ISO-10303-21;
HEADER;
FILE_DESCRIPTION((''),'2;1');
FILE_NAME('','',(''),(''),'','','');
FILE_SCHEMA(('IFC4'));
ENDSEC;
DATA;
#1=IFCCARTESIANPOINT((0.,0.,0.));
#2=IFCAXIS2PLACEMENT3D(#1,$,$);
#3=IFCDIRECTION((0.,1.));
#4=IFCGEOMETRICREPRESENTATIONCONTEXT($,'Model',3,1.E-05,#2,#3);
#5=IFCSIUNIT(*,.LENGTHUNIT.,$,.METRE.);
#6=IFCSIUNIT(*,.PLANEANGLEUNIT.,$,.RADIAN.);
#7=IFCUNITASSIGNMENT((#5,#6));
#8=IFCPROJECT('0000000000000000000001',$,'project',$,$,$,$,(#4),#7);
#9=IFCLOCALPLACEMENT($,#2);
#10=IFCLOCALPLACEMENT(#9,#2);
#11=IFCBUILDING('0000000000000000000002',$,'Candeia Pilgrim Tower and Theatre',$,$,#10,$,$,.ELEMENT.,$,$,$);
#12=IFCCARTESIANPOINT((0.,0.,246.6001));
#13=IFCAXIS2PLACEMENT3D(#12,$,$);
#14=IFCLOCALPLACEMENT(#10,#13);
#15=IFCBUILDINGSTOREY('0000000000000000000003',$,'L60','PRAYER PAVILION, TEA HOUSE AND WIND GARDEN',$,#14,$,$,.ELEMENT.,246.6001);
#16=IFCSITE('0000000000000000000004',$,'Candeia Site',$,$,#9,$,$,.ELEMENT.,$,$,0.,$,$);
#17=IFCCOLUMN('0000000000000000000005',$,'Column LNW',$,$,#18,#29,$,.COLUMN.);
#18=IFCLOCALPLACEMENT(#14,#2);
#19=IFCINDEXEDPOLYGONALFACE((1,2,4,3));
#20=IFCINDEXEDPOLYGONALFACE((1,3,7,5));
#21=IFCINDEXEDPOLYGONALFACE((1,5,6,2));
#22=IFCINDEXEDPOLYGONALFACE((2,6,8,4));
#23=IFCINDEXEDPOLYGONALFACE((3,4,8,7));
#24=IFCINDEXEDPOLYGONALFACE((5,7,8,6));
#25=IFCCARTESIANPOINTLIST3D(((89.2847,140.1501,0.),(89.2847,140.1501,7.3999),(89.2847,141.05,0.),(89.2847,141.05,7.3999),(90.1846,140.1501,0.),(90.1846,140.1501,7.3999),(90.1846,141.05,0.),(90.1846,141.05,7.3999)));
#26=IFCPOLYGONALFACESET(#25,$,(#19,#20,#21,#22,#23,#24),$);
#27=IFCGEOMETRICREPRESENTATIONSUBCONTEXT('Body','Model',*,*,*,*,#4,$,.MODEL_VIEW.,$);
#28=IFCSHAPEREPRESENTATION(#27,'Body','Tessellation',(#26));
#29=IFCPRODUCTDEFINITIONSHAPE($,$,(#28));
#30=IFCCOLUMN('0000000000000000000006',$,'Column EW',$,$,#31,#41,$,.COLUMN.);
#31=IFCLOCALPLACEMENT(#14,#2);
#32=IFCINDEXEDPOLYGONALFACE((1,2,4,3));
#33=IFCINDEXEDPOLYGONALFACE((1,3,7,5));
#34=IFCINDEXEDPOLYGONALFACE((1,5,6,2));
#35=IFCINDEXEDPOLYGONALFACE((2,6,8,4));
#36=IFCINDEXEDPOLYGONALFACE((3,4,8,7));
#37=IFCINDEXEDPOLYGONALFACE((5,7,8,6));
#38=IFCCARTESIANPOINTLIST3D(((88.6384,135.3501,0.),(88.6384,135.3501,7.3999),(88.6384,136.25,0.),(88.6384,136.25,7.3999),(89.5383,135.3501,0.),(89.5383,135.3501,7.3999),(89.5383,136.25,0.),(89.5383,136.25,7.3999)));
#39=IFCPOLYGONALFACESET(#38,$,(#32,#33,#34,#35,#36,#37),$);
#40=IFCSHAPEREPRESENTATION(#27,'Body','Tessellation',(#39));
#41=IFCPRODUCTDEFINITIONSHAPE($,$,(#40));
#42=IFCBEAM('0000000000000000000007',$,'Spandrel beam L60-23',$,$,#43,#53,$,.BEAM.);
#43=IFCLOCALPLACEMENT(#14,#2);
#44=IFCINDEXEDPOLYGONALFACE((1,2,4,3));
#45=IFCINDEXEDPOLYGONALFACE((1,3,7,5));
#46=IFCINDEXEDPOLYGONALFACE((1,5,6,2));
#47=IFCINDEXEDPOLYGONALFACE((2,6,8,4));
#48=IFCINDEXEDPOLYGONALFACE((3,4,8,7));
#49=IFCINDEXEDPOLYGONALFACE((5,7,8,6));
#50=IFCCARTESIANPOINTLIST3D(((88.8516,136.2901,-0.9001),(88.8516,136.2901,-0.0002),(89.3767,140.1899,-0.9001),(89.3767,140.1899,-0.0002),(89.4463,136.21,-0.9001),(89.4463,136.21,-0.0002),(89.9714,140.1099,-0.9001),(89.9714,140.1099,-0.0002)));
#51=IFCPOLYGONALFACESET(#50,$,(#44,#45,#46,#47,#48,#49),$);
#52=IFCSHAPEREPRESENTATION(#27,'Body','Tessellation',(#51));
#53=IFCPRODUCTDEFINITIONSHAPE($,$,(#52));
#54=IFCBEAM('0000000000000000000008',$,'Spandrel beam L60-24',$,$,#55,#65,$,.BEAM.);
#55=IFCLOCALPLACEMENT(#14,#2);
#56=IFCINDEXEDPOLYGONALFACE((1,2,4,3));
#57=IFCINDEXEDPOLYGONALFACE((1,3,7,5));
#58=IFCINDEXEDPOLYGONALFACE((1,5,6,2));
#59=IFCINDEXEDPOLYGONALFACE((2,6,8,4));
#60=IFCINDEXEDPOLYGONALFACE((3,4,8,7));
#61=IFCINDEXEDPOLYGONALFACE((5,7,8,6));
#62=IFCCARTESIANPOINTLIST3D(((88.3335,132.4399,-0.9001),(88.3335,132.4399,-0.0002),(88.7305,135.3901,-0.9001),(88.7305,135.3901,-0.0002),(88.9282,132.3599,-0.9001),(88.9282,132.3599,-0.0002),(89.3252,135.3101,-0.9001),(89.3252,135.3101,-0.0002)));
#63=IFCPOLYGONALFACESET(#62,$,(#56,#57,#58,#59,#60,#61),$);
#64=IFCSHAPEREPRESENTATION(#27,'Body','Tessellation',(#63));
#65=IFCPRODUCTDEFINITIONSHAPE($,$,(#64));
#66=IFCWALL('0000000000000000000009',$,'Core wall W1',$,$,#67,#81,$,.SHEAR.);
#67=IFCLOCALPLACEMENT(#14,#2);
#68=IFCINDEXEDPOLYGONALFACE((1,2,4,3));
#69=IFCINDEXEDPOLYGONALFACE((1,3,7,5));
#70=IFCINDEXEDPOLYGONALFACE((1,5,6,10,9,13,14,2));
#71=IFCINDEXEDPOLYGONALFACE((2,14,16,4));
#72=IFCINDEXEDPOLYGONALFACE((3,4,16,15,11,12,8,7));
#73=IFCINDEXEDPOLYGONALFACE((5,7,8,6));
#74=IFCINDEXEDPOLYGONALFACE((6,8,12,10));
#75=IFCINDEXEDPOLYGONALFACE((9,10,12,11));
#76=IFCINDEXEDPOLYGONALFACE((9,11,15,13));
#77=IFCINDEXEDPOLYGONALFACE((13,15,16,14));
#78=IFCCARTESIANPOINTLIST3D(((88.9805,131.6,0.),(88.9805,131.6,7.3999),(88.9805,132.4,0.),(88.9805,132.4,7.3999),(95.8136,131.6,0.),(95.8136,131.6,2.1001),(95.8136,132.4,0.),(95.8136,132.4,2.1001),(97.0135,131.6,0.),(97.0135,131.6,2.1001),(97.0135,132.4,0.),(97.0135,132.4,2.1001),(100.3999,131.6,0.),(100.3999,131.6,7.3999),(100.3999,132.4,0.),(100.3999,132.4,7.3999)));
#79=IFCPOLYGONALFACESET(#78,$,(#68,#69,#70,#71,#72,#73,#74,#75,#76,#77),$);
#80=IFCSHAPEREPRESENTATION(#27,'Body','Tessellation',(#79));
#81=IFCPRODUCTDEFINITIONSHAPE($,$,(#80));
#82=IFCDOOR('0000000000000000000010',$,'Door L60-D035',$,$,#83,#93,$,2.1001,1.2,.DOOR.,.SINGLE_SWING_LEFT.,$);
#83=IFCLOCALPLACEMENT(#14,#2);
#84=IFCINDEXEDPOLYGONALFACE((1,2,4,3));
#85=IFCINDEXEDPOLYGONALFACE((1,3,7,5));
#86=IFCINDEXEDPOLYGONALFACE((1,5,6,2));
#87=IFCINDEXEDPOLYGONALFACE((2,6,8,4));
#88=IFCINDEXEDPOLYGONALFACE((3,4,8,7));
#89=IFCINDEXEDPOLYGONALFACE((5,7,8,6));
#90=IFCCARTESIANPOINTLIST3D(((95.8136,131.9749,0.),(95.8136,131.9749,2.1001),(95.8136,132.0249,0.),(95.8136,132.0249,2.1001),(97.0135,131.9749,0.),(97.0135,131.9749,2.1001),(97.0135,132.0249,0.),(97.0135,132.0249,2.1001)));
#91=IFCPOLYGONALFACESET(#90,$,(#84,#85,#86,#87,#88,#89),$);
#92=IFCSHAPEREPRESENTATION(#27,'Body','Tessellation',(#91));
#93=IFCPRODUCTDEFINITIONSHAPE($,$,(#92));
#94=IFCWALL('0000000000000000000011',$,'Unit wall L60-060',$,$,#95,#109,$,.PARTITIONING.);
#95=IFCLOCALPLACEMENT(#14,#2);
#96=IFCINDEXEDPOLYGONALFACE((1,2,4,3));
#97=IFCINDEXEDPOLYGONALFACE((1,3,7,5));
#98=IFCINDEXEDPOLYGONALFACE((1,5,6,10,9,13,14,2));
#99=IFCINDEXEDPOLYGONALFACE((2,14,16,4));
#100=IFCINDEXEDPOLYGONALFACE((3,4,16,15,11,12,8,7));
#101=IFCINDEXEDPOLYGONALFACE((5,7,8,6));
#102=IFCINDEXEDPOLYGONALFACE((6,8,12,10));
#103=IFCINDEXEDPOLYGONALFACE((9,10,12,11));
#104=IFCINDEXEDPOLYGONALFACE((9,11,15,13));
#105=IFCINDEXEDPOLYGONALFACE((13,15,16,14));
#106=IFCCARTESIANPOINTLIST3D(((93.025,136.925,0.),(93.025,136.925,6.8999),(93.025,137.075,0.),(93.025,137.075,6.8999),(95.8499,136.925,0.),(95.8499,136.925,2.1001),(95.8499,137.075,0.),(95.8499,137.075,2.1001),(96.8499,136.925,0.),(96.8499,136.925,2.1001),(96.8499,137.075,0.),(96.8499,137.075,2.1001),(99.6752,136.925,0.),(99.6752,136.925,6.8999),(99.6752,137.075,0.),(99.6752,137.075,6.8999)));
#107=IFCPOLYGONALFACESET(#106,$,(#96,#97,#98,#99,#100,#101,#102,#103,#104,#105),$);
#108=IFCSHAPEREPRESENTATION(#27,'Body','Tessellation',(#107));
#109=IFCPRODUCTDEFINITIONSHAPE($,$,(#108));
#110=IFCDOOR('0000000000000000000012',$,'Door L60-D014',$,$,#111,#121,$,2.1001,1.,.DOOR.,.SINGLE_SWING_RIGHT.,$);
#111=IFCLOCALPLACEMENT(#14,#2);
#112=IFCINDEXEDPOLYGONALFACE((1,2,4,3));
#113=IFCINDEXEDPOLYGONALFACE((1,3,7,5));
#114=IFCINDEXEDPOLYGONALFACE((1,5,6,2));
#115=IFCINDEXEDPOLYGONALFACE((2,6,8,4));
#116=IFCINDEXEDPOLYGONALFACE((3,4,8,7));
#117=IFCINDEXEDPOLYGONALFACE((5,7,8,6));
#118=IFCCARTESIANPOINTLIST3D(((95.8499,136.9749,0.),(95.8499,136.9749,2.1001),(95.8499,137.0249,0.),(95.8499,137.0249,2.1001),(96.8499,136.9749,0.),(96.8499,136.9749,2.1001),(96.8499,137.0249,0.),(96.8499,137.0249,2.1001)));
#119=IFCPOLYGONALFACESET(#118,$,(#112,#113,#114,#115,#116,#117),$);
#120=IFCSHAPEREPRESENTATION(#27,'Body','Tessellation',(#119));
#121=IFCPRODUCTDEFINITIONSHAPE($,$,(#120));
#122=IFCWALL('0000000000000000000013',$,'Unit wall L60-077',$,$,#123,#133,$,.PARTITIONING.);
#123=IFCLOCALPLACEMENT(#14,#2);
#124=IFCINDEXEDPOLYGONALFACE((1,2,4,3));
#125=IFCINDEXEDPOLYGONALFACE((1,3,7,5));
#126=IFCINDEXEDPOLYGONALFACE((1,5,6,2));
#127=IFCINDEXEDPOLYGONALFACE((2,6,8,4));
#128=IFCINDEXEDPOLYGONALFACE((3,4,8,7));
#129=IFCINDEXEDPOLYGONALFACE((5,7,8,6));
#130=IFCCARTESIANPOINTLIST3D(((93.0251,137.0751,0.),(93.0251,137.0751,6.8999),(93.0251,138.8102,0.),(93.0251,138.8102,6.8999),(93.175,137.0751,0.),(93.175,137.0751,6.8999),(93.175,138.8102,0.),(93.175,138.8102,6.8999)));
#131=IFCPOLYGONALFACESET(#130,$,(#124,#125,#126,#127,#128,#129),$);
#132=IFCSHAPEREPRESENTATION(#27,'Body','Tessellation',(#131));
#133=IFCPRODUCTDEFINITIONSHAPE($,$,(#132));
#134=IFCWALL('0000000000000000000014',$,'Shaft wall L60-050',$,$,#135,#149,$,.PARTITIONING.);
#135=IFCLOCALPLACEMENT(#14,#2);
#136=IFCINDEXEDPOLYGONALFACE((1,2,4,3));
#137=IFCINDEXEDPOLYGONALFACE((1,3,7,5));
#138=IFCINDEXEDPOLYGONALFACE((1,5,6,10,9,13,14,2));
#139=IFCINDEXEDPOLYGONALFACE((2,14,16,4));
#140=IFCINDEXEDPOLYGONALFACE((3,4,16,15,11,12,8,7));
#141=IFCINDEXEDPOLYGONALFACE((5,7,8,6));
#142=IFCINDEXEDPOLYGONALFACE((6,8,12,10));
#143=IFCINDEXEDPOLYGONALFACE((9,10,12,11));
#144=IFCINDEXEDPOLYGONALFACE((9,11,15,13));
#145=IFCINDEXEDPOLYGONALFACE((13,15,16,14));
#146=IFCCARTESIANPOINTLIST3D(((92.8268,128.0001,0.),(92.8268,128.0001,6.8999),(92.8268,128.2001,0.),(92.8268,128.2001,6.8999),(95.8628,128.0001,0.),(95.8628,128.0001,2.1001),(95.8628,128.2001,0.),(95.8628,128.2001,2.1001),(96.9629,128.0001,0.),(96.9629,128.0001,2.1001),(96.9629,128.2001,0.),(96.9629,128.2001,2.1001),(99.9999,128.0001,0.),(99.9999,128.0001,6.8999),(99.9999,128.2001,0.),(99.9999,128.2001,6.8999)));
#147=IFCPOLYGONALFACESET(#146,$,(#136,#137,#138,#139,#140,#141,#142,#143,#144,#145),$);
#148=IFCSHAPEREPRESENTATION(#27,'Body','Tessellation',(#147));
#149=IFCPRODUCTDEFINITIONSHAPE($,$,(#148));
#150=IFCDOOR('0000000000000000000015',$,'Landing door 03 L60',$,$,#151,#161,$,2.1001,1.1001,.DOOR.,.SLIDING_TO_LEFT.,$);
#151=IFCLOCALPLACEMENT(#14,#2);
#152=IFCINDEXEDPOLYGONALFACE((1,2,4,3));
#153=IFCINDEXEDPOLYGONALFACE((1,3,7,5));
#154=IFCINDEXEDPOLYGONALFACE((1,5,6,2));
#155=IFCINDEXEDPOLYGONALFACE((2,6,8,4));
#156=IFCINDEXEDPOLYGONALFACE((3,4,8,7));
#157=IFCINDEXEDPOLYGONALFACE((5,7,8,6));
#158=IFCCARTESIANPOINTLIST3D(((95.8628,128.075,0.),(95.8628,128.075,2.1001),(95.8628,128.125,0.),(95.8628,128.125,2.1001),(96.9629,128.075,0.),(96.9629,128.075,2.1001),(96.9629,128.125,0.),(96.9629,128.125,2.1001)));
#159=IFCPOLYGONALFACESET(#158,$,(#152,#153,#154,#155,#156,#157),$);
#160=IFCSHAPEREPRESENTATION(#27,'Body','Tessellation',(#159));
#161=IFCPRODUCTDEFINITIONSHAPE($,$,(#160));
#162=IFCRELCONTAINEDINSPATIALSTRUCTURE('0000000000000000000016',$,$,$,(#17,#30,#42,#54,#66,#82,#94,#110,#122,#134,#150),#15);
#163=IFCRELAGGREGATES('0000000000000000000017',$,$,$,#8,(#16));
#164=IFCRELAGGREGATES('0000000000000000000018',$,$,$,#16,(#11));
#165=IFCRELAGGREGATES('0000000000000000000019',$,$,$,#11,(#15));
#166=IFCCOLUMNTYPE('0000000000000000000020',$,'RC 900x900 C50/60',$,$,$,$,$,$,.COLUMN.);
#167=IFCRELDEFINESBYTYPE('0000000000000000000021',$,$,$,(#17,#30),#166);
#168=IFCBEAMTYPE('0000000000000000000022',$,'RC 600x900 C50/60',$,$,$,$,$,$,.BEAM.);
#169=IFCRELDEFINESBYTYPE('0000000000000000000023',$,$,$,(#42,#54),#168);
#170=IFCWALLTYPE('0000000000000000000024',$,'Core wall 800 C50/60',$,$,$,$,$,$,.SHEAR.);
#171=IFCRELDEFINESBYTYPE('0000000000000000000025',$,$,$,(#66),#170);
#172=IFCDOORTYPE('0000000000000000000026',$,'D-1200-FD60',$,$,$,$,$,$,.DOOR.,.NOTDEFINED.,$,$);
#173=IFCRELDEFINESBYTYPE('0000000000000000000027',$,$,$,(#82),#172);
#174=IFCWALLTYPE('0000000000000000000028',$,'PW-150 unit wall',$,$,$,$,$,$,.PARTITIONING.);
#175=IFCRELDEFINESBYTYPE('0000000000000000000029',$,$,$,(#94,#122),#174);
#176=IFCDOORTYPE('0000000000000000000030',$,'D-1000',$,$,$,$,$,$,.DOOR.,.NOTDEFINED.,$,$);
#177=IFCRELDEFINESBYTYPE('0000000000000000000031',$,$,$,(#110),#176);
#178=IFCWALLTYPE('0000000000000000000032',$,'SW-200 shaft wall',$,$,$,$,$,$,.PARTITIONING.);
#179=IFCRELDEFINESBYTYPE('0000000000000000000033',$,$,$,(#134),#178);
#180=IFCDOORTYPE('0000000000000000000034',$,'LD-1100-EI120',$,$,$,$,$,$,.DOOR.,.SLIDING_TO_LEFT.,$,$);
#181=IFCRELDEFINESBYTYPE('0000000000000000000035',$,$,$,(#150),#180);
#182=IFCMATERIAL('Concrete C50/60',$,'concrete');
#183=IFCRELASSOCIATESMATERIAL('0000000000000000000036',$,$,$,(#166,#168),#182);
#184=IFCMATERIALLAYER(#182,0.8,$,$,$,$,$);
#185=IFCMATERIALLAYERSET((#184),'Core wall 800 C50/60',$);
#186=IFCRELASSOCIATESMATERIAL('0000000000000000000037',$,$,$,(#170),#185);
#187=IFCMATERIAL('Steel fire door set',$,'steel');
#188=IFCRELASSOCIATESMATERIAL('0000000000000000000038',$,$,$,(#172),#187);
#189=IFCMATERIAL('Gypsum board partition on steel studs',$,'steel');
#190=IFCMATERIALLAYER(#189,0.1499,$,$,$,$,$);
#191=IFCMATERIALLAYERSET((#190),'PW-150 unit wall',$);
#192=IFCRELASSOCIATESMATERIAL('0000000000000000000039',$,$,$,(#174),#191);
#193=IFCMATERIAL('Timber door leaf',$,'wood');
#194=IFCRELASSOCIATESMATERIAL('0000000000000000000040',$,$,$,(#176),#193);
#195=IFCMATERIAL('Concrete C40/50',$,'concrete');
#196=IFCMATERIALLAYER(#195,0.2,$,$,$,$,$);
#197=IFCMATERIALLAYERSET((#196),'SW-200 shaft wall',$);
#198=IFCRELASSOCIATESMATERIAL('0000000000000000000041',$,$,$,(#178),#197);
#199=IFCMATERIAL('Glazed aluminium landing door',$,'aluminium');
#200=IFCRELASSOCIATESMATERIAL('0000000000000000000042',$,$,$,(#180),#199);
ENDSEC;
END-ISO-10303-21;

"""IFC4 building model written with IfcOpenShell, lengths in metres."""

from ifc_helpers import new_model, si_unit, direction, frame, frame_2d, origin, origin_2d, place, context, subcontext, project, spatial, rectangle, extrude, material, layer, layer_set, material_profile, profile_set, type_object, element, fill, save


model = new_model("IFC4")

# Units and contexts
model_context = context("Model", 3, precision=1e-05, world=origin(), true_north=direction((0.0, 1.0)))
body_context = subcontext(model_context, "Body", "Model", "MODEL_VIEW")
ifc_project = project(units=[si_unit("LENGTHUNIT", "METRE"), si_unit("PLANEANGLEUNIT", "RADIAN")], contexts=[model_context])

# Site, building, storey
site_placement = place(None, origin())
site = spatial("IfcSite", under=ifc_project, at=site_placement, Name="Candeia Site", CompositionType="ELEMENT", RefElevation=0.0)
building_placement = place(site_placement, origin())
building = spatial("IfcBuilding", under=site, at=building_placement, Name="Candeia Pilgrim Tower and Theatre", CompositionType="ELEMENT")
storey_placement = place(building_placement, frame((0.0, 0.0, 246.6001)))
storey = spatial("IfcBuildingStorey", under=building, at=storey_placement, Name="L60", Description="PRAYER PAVILION, TEA HOUSE AND WIND GARDEN", CompositionType="ELEMENT", Elevation=246.6001)

# Columns
ifc_material_1 = material(Name="Concrete C50/60", Category="concrete")
ifc_material_profile_1 = material_profile(ifc_material_1, rectangle(XDim=0.8999, YDim=0.8999, at=origin_2d()))
ifc_profile_set_1 = profile_set([ifc_material_profile_1], Name="Concrete C50/60")
column_type = type_object("IfcColumnType", Name="RC 900x900 C50/60", PredefinedType="COLUMN", material=ifc_profile_set_1)
for number, where, z_axis, x_axis, name in (
    (1, (89.7346, 140.6001, 0.0), (0.0, 0.0, 1.0), (1.0, 0.0, 0.0), "Column LNW"),
    (2, (89.0884, 135.8, 0.0), (0.0, 0.0, 1.0), (1.0, 0.0, 0.0), "Column EW"),
):
    element("IfcColumn", number, at=place(storey_placement, frame(where, z_axis=z_axis, x_axis=x_axis)), inside=storey, type_object=column_type, Name=name, PredefinedType="COLUMN", context=body_context, shape_type="SweptSolid", body=[
        extrude(rectangle(XDim=0.8999, YDim=0.8999, at=origin_2d()), origin(), (0.0, 0.0, 1.0), 7.3999),
    ])

# Beams
ifc_material_profile_2 = material_profile(ifc_material_1, rectangle(XDim=0.6001, YDim=0.8999, at=origin_2d()))
ifc_profile_set_2 = profile_set([ifc_material_profile_2], Name="Concrete C50/60")
beam_type = type_object("IfcBeamType", Name="RC 600x900 C50/60", PredefinedType="BEAM", material=ifc_profile_set_2)
beam_1_placement = place(storey_placement, frame((89.6741, 140.1499, -0.4502), z_axis=(-0.133452, -0.991055, 0.0), x_axis=(0.991055, -0.133452, 0.0)))
element("IfcBeam", 3, at=beam_1_placement, inside=storey, type_object=beam_type, Name="Spandrel beam L60-23", PredefinedType="BEAM", context=body_context, shape_type="SweptSolid", body=[
    extrude(rectangle(XDim=0.6001, YDim=0.8999, at=origin_2d()), origin(), (0.0, 0.0, 1.0), 3.9351),
])
beam_2_placement = place(storey_placement, frame((89.0278, 135.3501, -0.4502), z_axis=(-0.133356, -0.991068, 0.0), x_axis=(0.991068, -0.133356, 0.0)))
element("IfcBeam", 4, at=beam_2_placement, inside=storey, type_object=beam_type, Name="Spandrel beam L60-24", PredefinedType="BEAM", context=body_context, shape_type="SweptSolid", body=[
    extrude(rectangle(XDim=0.6001, YDim=0.8999, at=origin_2d()), origin(), (0.0, 0.0, 1.0), 2.9768),
])

# Walls, openings, doors
ifc_layer_1 = layer(ifc_material_1, 0.8)
ifc_layer_set_1 = layer_set([ifc_layer_1], Name="Core wall 800 C50/60")
wall_type_1 = type_object("IfcWallType", Name="Core wall 800 C50/60", PredefinedType="SHEAR", material=ifc_layer_set_1)
wall_1_placement = place(storey_placement, frame((88.9805, 132.0, 0.0), z_axis=(0.0, 0.0, 1.0), x_axis=(1.0, 0.0, 0.0)))
wall_1 = element("IfcWall", 5, at=wall_1_placement, inside=storey, type_object=wall_type_1, Name="Core wall W1", PredefinedType="SHEAR", context=body_context, shape_type="SweptSolid", body=[
    extrude(rectangle(XDim=11.4194, YDim=0.8, at=frame_2d((5.7097, 0.0))), origin(), (0.0, 0.0, 1.0), 7.3999),
])
opening_1_placement = place(wall_1_placement, frame((6.833, 0.0, 0.0)))
opening_1 = element("IfcOpeningElement", 6, at=opening_1_placement, cuts=wall_1, PredefinedType="OPENING", context=body_context, shape_type="SweptSolid", body=[
    extrude(rectangle(XDim=1.2, YDim=2.1001, at=frame_2d((0.6001, 1.05))), frame((0.0, 0.4102, 0.0), z_axis=(0.0, -1.0, 0.0), x_axis=(1.0, 0.0, 0.0)), (0.0, 0.0, 1.0), 0.8201),
])
ifc_material_2 = material(Name="Steel fire door set", Category="steel")
door_type_1 = type_object("IfcDoorType", Name="D-1200-FD60", OperationType="NOTDEFINED", PredefinedType="DOOR", material=ifc_material_2)
door_1_placement = place(opening_1_placement, origin())
door_1 = element("IfcDoor", 7, at=door_1_placement, inside=storey, type_object=door_type_1, Name="Door L60-D035", OperationType="SINGLE_SWING_LEFT", OverallHeight=2.1001, OverallWidth=1.2, PredefinedType="DOOR", context=body_context, shape_type="SweptSolid", body=[
    extrude(rectangle(XDim=1.2, YDim=2.1001, at=frame_2d((0.6001, 1.05))), frame((0.0, 0.0249, 0.0), z_axis=(0.0, -1.0, 0.0), x_axis=(1.0, 0.0, 0.0)), (0.0, 0.0, 1.0), 0.05),
])
fill(opening_1, door_1)
ifc_material_3 = material(Name="Gypsum board partition on steel studs", Category="steel")
ifc_layer_2 = layer(ifc_material_3, 0.1499)
ifc_layer_set_2 = layer_set([ifc_layer_2], Name="PW-150 unit wall")
wall_type_2 = type_object("IfcWallType", Name="PW-150 unit wall", PredefinedType="PARTITIONING", material=ifc_layer_set_2)
wall_2_placement = place(storey_placement, frame((93.0249, 137.0, 0.0), z_axis=(0.0, 0.0, 1.0), x_axis=(1.0, 0.0, 0.0)))
wall_2 = element("IfcWall", 8, at=wall_2_placement, inside=storey, type_object=wall_type_2, Name="Unit wall L60-060", PredefinedType="PARTITIONING", context=body_context, shape_type="SweptSolid", body=[
    extrude(rectangle(XDim=6.6501, YDim=0.1499, at=frame_2d((3.3252, 0.0))), origin(), (0.0, 0.0, 1.0), 6.8999),
])
opening_2_placement = place(wall_2_placement, frame((2.825, 0.0, 0.0)))
opening_2 = element("IfcOpeningElement", 9, at=opening_2_placement, cuts=wall_2, PredefinedType="OPENING", context=body_context, shape_type="SweptSolid", body=[
    extrude(rectangle(XDim=1.0, YDim=2.1001, at=frame_2d((0.5, 1.05))), frame((0.0, 0.085, 0.0), z_axis=(0.0, -1.0, 0.0), x_axis=(1.0, 0.0, 0.0)), (0.0, 0.0, 1.0), 0.1699),
])
ifc_material_4 = material(Name="Timber door leaf", Category="wood")
door_type_2 = type_object("IfcDoorType", Name="D-1000", OperationType="NOTDEFINED", PredefinedType="DOOR", material=ifc_material_4)
door_2_placement = place(opening_2_placement, origin())
door_2 = element("IfcDoor", 10, at=door_2_placement, inside=storey, type_object=door_type_2, Name="Door L60-D014", OperationType="SINGLE_SWING_RIGHT", OverallHeight=2.1001, OverallWidth=1.0, PredefinedType="DOOR", context=body_context, shape_type="SweptSolid", body=[
    extrude(rectangle(XDim=1.0, YDim=2.1001, at=frame_2d((0.5, 1.05))), frame((0.0, 0.0249, 0.0), z_axis=(0.0, -1.0, 0.0), x_axis=(1.0, 0.0, 0.0)), (0.0, 0.0, 1.0), 0.05),
])
fill(opening_2, door_2)

# Wall
wall_3_placement = place(storey_placement, frame((93.1001, 137.075, 0.0), z_axis=(0.0, 0.0, 1.0), x_axis=(0.0, 1.0, 0.0)))
element("IfcWall", 11, at=wall_3_placement, inside=storey, type_object=wall_type_2, Name="Unit wall L60-077", PredefinedType="PARTITIONING", context=body_context, shape_type="SweptSolid", body=[
    extrude(rectangle(XDim=1.7351, YDim=0.1499, at=frame_2d((0.8677, 0.0))), origin(), (0.0, 0.0, 1.0), 6.8999),
])

# Wall, opening, door
ifc_material_5 = material(Name="Concrete C40/50", Category="concrete")
ifc_layer_3 = layer(ifc_material_5, 0.2)
ifc_layer_set_3 = layer_set([ifc_layer_3], Name="SW-200 shaft wall")
wall_type_3 = type_object("IfcWallType", Name="SW-200 shaft wall", PredefinedType="PARTITIONING", material=ifc_layer_set_3)
wall_4_placement = place(storey_placement, frame((92.8269, 128.1001, 0.0), z_axis=(0.0, 0.0, 1.0), x_axis=(1.0, 0.0, 0.0)))
wall_4 = element("IfcWall", 12, at=wall_4_placement, inside=storey, type_object=wall_type_3, Name="Shaft wall L60-050", PredefinedType="PARTITIONING", context=body_context, shape_type="SweptSolid", body=[
    extrude(rectangle(XDim=7.1731, YDim=0.2, at=frame_2d((3.5864, 0.0))), origin(), (0.0, 0.0, 1.0), 6.8999),
])
opening_3_placement = place(wall_4_placement, frame((3.0359, 0.0, 0.0)))
opening_3 = element("IfcOpeningElement", 13, at=opening_3_placement, cuts=wall_4, PredefinedType="OPENING", context=body_context, shape_type="SweptSolid", body=[
    extrude(rectangle(XDim=1.1001, YDim=2.1001, at=frame_2d((0.55, 1.05))), frame((0.0, 0.1099, 0.0), z_axis=(0.0, -1.0, 0.0), x_axis=(1.0, 0.0, 0.0)), (0.0, 0.0, 1.0), 0.22),
])
ifc_material_6 = material(Name="Glazed aluminium landing door", Category="aluminium")
door_type_3 = type_object("IfcDoorType", Name="LD-1100-EI120", OperationType="SLIDING_TO_LEFT", PredefinedType="DOOR", material=ifc_material_6)
door_3_placement = place(opening_3_placement, origin())
door_3 = element("IfcDoor", 14, at=door_3_placement, inside=storey, type_object=door_type_3, Name="Landing door 03 L60", OperationType="SLIDING_TO_LEFT", OverallHeight=2.1001, OverallWidth=1.1001, PredefinedType="DOOR", context=body_context, shape_type="SweptSolid", body=[
    extrude(rectangle(XDim=1.1001, YDim=2.1001, at=frame_2d((0.55, 1.05))), frame((0.0, 0.0249, 0.0), z_axis=(0.0, -1.0, 0.0), x_axis=(1.0, 0.0, 0.0)), (0.0, 0.0, 1.0), 0.05),
])
fill(opening_3, door_3)

save(model, "model.ifc")
